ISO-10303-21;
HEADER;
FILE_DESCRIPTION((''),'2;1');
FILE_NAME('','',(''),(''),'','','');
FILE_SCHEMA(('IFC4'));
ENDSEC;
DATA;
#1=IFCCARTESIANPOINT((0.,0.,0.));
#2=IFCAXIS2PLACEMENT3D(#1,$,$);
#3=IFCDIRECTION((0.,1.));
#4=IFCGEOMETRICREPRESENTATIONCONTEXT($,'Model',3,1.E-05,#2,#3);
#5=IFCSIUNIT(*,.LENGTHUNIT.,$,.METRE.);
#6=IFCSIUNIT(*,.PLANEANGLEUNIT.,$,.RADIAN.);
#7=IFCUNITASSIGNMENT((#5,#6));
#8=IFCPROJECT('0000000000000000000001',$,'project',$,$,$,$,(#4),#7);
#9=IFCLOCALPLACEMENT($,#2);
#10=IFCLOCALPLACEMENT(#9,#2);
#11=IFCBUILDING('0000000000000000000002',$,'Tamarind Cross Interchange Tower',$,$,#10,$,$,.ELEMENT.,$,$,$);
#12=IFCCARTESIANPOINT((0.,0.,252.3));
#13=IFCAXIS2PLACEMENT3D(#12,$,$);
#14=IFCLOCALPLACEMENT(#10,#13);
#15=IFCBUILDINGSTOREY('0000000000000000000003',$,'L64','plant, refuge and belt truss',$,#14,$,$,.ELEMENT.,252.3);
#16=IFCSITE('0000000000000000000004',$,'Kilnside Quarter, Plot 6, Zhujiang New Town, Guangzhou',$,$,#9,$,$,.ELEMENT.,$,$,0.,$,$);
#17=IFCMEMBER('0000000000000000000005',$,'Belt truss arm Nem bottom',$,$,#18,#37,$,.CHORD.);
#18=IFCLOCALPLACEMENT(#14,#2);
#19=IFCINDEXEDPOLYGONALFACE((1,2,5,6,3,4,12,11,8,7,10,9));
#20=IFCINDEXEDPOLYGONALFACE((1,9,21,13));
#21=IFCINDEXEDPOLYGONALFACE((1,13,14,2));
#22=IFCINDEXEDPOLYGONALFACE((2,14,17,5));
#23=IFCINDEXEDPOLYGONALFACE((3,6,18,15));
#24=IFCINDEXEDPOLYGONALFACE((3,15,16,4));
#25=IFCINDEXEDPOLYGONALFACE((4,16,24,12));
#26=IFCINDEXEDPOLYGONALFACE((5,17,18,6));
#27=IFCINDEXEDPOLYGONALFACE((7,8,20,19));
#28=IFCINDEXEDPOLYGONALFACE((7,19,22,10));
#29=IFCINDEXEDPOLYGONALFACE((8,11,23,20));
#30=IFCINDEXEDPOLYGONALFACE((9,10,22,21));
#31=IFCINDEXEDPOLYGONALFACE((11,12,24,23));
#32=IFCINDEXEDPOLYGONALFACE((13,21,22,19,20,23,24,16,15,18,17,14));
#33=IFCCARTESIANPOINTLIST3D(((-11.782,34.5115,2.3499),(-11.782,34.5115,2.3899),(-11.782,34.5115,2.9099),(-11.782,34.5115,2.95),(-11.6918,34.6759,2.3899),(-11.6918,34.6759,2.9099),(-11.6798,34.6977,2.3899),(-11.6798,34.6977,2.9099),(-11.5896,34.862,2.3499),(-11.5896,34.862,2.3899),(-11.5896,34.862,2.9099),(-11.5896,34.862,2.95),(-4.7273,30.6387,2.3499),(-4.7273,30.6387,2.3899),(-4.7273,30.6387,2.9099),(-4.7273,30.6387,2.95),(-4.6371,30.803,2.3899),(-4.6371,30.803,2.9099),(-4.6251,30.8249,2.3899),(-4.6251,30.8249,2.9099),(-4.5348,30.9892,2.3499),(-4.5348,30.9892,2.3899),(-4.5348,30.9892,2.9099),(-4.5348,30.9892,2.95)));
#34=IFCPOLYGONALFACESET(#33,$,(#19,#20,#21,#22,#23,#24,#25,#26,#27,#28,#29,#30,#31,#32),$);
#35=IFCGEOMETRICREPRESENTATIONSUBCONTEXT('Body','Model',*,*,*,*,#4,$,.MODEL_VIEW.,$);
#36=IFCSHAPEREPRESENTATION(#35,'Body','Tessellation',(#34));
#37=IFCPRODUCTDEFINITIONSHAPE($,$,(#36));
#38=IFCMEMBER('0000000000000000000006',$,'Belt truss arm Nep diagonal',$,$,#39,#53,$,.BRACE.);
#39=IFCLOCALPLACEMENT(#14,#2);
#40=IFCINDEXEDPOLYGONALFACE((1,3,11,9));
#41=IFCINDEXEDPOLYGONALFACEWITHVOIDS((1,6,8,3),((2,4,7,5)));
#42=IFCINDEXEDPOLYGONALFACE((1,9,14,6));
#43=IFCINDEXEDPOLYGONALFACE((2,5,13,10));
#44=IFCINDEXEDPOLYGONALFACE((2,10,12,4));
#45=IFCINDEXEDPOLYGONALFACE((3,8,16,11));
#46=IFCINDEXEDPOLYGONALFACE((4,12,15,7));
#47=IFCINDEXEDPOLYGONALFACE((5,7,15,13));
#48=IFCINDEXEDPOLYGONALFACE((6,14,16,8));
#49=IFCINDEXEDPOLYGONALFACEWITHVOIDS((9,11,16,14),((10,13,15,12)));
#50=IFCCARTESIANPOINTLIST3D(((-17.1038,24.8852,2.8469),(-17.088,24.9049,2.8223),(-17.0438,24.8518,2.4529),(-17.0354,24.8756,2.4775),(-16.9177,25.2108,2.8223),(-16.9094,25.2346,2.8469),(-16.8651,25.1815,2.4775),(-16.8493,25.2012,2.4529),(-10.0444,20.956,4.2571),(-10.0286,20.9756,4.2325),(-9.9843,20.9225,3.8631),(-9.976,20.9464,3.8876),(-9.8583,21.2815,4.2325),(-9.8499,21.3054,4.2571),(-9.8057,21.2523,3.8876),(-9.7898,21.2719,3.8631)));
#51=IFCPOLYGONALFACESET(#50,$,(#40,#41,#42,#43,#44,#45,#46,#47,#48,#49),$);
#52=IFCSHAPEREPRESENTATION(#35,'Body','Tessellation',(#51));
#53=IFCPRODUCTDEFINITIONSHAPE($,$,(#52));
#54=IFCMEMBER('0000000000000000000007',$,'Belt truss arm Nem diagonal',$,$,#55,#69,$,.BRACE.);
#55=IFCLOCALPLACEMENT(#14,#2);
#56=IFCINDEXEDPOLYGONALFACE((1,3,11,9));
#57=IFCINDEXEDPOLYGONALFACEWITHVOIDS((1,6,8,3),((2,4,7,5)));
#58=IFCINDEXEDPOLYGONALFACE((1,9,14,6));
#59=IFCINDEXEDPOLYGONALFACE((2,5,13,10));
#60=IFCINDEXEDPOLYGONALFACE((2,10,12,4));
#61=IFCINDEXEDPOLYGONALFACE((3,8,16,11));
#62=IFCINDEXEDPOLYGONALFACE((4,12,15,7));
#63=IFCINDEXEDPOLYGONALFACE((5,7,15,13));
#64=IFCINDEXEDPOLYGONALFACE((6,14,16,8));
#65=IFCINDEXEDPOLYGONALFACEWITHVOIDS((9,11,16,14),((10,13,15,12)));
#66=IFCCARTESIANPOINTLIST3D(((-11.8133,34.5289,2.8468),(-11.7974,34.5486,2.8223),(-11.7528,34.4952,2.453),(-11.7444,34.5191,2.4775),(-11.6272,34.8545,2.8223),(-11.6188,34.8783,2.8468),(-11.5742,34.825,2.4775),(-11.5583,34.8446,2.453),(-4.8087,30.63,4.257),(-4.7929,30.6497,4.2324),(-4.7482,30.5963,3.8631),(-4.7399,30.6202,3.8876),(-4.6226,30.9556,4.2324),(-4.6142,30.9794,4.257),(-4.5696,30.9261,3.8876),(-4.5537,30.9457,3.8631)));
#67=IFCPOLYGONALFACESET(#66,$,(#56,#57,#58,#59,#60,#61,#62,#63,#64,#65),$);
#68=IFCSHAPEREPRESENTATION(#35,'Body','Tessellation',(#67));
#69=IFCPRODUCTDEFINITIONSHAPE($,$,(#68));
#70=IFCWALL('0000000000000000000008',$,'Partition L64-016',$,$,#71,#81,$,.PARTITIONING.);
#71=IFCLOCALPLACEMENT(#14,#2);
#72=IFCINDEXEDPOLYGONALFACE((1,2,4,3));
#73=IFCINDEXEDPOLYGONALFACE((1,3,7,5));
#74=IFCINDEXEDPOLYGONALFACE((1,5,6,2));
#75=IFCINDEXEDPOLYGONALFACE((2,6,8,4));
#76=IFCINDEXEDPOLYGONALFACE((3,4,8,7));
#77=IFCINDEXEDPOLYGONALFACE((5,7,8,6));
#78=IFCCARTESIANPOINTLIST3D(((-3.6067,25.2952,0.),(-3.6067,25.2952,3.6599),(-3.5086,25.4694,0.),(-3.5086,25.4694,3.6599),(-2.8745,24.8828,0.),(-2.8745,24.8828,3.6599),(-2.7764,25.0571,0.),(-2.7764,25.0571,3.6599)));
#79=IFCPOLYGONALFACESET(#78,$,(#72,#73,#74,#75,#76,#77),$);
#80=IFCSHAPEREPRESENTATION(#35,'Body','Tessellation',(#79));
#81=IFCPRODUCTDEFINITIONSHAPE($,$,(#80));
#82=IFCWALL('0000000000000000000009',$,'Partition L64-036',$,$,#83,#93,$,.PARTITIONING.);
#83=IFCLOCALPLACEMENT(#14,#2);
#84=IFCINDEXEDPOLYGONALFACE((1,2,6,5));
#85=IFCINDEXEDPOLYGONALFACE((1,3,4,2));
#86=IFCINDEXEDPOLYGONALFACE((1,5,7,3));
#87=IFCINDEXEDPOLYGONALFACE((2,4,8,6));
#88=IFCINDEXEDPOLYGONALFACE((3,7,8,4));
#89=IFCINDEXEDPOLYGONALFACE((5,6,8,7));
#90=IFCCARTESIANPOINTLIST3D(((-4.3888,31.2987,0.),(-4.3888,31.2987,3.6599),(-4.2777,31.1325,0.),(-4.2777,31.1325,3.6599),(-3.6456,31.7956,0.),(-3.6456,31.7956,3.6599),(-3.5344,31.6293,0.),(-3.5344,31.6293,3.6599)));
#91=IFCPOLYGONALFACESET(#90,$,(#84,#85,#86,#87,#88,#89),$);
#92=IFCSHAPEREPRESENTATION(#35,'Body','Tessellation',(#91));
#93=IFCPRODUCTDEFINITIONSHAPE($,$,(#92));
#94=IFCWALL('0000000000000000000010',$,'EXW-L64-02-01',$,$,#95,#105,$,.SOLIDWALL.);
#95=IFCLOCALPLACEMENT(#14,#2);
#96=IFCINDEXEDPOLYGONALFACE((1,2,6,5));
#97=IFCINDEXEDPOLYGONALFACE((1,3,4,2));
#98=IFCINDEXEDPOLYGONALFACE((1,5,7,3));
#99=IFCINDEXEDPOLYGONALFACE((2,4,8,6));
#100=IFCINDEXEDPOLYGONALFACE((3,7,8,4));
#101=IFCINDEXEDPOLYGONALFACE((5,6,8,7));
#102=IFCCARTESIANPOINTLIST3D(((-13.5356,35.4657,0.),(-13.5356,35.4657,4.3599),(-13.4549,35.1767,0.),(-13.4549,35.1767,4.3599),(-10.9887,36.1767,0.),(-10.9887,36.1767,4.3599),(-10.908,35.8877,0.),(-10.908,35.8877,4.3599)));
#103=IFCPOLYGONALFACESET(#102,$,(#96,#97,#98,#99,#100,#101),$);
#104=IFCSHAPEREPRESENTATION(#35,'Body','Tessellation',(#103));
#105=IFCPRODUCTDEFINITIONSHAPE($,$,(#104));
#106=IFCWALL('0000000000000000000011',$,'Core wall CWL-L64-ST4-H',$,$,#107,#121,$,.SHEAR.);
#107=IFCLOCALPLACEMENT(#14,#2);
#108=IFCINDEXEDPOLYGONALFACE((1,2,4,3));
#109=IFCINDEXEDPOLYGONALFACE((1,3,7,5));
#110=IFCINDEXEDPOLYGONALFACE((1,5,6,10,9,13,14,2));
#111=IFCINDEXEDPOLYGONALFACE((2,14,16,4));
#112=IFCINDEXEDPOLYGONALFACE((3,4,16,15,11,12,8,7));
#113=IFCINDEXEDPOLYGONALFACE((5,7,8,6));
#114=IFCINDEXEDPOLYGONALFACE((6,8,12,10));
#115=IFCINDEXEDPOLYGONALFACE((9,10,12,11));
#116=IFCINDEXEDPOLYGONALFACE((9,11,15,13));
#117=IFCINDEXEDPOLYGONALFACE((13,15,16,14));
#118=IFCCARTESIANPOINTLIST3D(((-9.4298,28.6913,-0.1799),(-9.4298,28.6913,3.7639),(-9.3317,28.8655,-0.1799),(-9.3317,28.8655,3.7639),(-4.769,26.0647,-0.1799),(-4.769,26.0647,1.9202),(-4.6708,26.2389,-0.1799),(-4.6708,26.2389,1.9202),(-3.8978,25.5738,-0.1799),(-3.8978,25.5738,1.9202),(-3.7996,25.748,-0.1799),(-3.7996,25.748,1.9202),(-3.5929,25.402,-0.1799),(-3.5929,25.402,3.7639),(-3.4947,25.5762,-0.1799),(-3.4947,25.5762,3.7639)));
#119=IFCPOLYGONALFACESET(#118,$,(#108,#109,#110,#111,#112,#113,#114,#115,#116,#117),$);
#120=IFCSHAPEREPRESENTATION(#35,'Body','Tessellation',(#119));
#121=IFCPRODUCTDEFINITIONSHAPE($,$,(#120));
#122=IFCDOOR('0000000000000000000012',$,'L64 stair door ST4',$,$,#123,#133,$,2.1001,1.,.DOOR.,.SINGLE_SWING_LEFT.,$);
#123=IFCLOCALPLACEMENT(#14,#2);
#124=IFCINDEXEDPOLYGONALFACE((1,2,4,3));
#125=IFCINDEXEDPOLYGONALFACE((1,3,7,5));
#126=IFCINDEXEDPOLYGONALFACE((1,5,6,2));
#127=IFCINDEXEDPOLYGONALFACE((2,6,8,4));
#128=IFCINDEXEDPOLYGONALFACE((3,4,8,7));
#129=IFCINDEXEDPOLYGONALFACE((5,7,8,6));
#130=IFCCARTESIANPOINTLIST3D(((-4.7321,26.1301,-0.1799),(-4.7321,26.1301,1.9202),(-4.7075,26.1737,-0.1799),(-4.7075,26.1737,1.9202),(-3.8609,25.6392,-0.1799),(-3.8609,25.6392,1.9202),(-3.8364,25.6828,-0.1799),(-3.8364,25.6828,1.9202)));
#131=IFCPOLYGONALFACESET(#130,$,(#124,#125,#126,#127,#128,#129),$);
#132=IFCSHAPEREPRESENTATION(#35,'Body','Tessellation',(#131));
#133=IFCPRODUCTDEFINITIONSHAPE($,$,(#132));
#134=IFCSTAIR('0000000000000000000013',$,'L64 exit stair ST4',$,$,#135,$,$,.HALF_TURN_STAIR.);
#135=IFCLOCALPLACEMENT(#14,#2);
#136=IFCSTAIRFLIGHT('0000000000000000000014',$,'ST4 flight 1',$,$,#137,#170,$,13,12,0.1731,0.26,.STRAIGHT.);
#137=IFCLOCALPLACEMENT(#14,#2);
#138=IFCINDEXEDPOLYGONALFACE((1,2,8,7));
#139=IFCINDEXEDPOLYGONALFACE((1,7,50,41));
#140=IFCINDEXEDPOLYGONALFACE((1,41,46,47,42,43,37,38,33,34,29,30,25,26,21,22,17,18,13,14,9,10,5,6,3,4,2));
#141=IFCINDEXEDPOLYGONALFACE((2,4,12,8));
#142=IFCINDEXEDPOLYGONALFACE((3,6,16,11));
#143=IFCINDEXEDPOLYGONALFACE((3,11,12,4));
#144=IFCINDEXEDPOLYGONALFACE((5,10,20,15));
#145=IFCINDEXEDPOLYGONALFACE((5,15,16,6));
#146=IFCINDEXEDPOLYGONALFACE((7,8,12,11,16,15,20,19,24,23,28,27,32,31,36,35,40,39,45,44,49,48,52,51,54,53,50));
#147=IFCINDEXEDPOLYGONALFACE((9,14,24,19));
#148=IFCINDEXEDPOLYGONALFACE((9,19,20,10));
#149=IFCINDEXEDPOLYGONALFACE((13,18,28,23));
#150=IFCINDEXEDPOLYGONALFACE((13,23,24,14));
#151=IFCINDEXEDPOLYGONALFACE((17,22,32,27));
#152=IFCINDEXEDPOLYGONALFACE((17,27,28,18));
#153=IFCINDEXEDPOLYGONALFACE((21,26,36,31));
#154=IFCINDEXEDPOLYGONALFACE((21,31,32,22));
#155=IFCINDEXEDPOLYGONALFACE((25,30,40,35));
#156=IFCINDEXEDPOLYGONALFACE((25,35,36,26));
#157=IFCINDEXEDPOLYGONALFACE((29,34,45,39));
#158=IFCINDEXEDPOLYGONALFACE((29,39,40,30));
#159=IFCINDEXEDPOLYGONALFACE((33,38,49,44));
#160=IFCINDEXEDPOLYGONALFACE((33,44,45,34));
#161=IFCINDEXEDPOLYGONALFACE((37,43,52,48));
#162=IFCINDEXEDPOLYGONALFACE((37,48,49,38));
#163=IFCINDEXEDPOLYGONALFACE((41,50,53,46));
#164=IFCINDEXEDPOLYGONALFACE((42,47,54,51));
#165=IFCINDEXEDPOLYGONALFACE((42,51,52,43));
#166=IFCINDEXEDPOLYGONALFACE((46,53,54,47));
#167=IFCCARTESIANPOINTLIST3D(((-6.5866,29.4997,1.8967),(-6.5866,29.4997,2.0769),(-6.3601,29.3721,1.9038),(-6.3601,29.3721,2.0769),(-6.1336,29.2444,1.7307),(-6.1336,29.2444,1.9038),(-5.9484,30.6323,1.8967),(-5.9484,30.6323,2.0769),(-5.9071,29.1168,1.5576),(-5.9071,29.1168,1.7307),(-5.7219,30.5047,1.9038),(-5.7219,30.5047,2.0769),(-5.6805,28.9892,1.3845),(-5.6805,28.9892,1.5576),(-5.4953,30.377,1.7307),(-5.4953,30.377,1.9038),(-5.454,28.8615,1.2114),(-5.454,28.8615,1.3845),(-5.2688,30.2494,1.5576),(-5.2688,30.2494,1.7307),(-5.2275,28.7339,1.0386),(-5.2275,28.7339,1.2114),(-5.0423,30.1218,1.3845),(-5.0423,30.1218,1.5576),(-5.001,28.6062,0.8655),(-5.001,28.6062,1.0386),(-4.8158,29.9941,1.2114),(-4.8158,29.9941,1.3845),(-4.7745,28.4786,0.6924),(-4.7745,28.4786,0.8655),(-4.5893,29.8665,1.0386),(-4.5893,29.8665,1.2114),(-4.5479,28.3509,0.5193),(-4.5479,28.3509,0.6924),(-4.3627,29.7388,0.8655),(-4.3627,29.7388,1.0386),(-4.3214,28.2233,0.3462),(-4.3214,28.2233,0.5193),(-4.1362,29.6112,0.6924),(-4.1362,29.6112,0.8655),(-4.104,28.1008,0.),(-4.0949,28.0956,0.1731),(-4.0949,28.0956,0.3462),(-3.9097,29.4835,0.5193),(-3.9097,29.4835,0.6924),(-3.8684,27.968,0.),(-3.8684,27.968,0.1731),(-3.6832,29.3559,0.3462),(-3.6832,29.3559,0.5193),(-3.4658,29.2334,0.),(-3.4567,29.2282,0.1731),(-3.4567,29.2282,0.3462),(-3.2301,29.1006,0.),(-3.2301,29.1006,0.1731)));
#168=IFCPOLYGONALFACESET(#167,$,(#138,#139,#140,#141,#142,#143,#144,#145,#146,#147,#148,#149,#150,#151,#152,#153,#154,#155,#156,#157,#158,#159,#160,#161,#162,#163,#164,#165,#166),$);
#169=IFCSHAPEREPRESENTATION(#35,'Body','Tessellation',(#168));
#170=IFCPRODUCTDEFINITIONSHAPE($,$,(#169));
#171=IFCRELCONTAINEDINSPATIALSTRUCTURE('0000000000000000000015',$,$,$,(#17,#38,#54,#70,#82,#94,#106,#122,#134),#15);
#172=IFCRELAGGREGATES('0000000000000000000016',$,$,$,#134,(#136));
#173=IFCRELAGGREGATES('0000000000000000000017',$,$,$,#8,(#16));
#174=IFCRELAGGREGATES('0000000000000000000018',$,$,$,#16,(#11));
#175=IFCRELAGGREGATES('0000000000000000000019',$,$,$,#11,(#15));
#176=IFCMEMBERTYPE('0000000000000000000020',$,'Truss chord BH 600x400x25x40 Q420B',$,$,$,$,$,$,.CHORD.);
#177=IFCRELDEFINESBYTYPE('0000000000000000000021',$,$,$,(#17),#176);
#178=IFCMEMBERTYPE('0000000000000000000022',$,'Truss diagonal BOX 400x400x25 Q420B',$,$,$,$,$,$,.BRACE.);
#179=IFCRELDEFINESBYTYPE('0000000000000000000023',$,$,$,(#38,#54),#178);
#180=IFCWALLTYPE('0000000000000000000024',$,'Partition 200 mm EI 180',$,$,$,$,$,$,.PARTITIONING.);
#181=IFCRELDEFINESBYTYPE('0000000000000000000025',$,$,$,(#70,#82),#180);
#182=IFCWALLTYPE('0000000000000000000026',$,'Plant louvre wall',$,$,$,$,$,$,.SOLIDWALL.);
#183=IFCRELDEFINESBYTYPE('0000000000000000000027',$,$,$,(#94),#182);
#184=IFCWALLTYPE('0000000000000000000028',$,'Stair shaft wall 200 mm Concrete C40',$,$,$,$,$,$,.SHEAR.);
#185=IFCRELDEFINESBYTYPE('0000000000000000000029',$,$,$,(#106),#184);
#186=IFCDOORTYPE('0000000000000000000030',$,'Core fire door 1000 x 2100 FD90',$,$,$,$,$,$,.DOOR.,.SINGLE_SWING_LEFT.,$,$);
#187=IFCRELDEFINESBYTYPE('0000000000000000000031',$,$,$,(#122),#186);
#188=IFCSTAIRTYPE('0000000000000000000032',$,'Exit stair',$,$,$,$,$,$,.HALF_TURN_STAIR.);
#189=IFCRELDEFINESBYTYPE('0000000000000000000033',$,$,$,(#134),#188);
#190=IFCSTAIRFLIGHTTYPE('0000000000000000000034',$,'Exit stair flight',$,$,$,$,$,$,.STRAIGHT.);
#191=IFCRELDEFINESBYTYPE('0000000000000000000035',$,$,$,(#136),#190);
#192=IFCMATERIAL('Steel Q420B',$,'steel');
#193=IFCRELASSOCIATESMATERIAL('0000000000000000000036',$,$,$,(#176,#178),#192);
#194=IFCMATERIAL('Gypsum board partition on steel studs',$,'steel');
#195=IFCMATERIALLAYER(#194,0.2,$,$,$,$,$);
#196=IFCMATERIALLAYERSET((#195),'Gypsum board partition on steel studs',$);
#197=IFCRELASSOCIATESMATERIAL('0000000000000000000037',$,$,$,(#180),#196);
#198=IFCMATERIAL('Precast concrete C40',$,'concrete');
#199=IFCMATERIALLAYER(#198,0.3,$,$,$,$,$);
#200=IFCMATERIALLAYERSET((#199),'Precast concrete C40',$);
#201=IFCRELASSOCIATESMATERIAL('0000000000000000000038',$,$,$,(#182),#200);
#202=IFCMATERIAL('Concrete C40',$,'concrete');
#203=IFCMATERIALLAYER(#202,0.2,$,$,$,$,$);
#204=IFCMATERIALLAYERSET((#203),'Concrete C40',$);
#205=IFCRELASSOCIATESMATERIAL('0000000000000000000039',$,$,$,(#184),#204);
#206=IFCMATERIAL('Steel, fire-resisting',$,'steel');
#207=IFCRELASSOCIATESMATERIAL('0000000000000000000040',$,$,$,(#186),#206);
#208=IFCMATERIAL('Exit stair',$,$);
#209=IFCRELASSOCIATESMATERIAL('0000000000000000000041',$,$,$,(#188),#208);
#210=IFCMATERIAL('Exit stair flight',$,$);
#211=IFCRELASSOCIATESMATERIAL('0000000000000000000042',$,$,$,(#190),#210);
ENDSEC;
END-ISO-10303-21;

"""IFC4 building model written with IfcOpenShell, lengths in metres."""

from ifc_helpers import new_model, si_unit, direction, frame, frame_2d, origin, origin_2d, place, context, subcontext, project, spatial, polyline, rectangle, hollow_rectangle, i_section, outline, extrude, material, layer, layer_set, material_profile, profile_set, type_object, element, fill, aggregate, save


model = new_model("IFC4")

# Units and contexts
model_context = context("Model", 3, precision=1e-05, world=origin(), true_north=direction((0.0, 1.0)))
body_context = subcontext(model_context, "Body", "Model", "MODEL_VIEW")
ifc_project = project(units=[si_unit("LENGTHUNIT", "METRE"), si_unit("PLANEANGLEUNIT", "RADIAN")], contexts=[model_context])

# Site, building, storey
site_placement = place(None, origin())
site = spatial("IfcSite", under=ifc_project, at=site_placement, Name="Kilnside Quarter, Plot 6, Zhujiang New Town, Guangzhou", CompositionType="ELEMENT", RefElevation=0.0)
building_placement = place(site_placement, origin())
building = spatial("IfcBuilding", under=site, at=building_placement, Name="Tamarind Cross Interchange Tower", CompositionType="ELEMENT")
storey_placement = place(building_placement, frame((0.0, 0.0, 252.3)))
storey = spatial("IfcBuildingStorey", under=building, at=storey_placement, Name="L64", Description="plant, refuge and belt truss", CompositionType="ELEMENT", Elevation=252.3)

# Members
ifc_material_1 = material(Name="Steel Q420B", Category="steel")
ifc_material_profile_1 = material_profile(ifc_material_1, i_section(OverallWidth=0.3999, OverallDepth=0.6001, WebThickness=0.0249, FlangeThickness=0.04, at=origin_2d()), Name="BH 600x400x25x40")
ifc_profile_set_1 = profile_set([ifc_material_profile_1], Name="Steel Q420B")
member_type_1 = type_object("IfcMemberType", Name="Truss chord BH 600x400x25x40 Q420B", PredefinedType="CHORD", material=ifc_profile_set_1)
member_1_placement = place(storey_placement, frame((-11.6858, 34.6868, 2.6499), z_axis=(0.876597, -0.481225, 0.0), x_axis=(0.481225, 0.876597, 0.0)))
element("IfcMember", 1, at=member_1_placement, inside=storey, type_object=member_type_1, Name="Belt truss arm Nem bottom", PredefinedType="CHORD", context=body_context, shape_type="SweptSolid", body=[
    extrude(i_section(OverallWidth=0.3999, OverallDepth=0.6001, WebThickness=0.0249, FlangeThickness=0.04, at=origin_2d()), origin(), (0.0, 0.0, 1.0), 8.0479),
])
ifc_material_profile_2 = material_profile(ifc_material_1, hollow_rectangle(XDim=0.3999, YDim=0.3999, WallThickness=0.0249, at=origin_2d()), Name="BOX 400x400x25")
ifc_profile_set_2 = profile_set([ifc_material_profile_2], Name="Steel Q420B")
member_type_2 = type_object("IfcMemberType", Name="Truss diagonal BOX 400x400x25 Q420B", PredefinedType="BRACE", material=ifc_profile_set_2)
member_2_placement = place(storey_placement, frame((-16.9766, 25.0432, 2.6499), z_axis=(0.860758, -0.479095, 0.171943), x_axis=(0.486338, 0.873771, 0.0)))
element("IfcMember", 2, at=member_2_placement, inside=storey, type_object=member_type_2, Name="Belt truss arm Nep diagonal", PredefinedType="BRACE", context=body_context, shape_type="SweptSolid", body=[
    extrude(hollow_rectangle(XDim=0.3999, YDim=0.3999, WallThickness=0.0249, at=origin_2d()), origin(), (0.0, 0.0, 1.0), 8.2014),
])
member_3_placement = place(storey_placement, frame((-11.6858, 34.6868, 2.6499), z_axis=(0.86055, -0.479, 0.173244), x_axis=(0.486354, 0.873762, 0.0)))
element("IfcMember", 3, at=member_3_placement, inside=storey, type_object=member_type_2, Name="Belt truss arm Nem diagonal", PredefinedType="BRACE", context=body_context, shape_type="SweptSolid", body=[
    extrude(hollow_rectangle(XDim=0.3999, YDim=0.3999, WallThickness=0.0249, at=origin_2d()), origin(), (0.0, 0.0, 1.0), 8.1396),
])

# Walls
ifc_material_2 = material(Name="Gypsum board partition on steel studs", Category="steel")
ifc_layer_1 = layer(ifc_material_2, 0.2)
ifc_layer_set_1 = layer_set([ifc_layer_1], Name="Gypsum board partition on steel studs")
wall_type_1 = type_object("IfcWallType", Name="Partition 200 mm EI 180", PredefinedType="PARTITIONING", material=ifc_layer_set_1)
wall_1_placement = place(storey_placement, frame((-3.5576, 25.3823, 0.0), z_axis=(0.0, 0.0, 1.0), x_axis=(0.871319, -0.490716, 0.0)))
element("IfcWall", 4, at=wall_1_placement, inside=storey, type_object=wall_type_1, Name="Partition L64-016", PredefinedType="PARTITIONING", context=body_context, shape_type="SweptSolid", body=[
    extrude(rectangle(XDim=0.8403, YDim=0.2, at=frame_2d((0.4202, 0.0))), origin(), (0.0, 0.0, 1.0), 3.6599),
])
wall_2_placement = place(storey_placement, frame((-4.3333, 31.2156, 0.0), z_axis=(0.0, 0.0, 1.0), x_axis=(0.831335, 0.555771, 0.0)))
element("IfcWall", 5, at=wall_2_placement, inside=storey, type_object=wall_type_1, Name="Partition L64-036", PredefinedType="PARTITIONING", context=body_context, shape_type="SweptSolid", body=[
    extrude(rectangle(XDim=0.894, YDim=0.2, at=frame_2d((0.447, 0.0))), origin(), (0.0, 0.0, 1.0), 3.6599),
])
ifc_material_3 = material(Name="Precast concrete C40", Category="concrete")
ifc_layer_2 = layer(ifc_material_3, 0.3)
ifc_layer_set_2 = layer_set([ifc_layer_2], Name="Precast concrete C40")
wall_type_2 = type_object("IfcWallType", Name="Plant louvre wall", PredefinedType="SOLIDWALL", material=ifc_layer_set_2)
wall_3_placement = place(storey_placement, frame((-10.9482, 36.0322, 0.0), z_axis=(0.0, 0.0, 1.0), x_axis=(-0.963179, -0.268863, 0.0)))
element("IfcWall", 6, at=wall_3_placement, inside=storey, type_object=wall_type_2, Name="EXW-L64-02-01", PredefinedType="SOLIDWALL", context=body_context, shape_type="SweptSolid", body=[
    extrude(rectangle(XDim=2.6443, YDim=0.3, at=frame_2d((1.3223, 0.0))), origin(), (0.0, 0.0, 1.0), 4.3599),
])

# Wall, opening, door
ifc_material_4 = material(Name="Concrete C40", Category="concrete")
ifc_layer_3 = layer(ifc_material_4, 0.2)
ifc_layer_set_3 = layer_set([ifc_layer_3], Name="Concrete C40")
wall_type_3 = type_object("IfcWallType", Name="Stair shaft wall 200 mm Concrete C40", PredefinedType="SHEAR", material=ifc_layer_set_3)
wall_4_placement = place(storey_placement, frame((-3.5437, 25.489, -0.1799), z_axis=(0.0, 0.0, 1.0), x_axis=(-0.87119, 0.490946, 0.0)))
wall_4 = element("IfcWall", 7, at=wall_4_placement, inside=storey, type_object=wall_type_3, Name="Core wall CWL-L64-ST4-H", PredefinedType="SHEAR", context=body_context, shape_type="SweptSolid", body=[
    extrude(rectangle(XDim=6.7, YDim=0.2, at=frame_2d((3.3501, 0.0))), origin(), (0.0, 0.0, 1.0), 3.9438),
])
opening_1_placement = place(wall_4_placement, frame((0.3501, 0.0, 0.0)))
opening_1 = element("IfcOpeningElement", 8, at=opening_1_placement, cuts=wall_4, PredefinedType="OPENING", context=body_context, shape_type="SweptSolid", body=[
    extrude(rectangle(XDim=1.0, YDim=2.1001, at=frame_2d((0.5, 1.05))), frame((0.0, 0.1099, 0.0), z_axis=(0.0, -1.0, 0.0), x_axis=(1.0, 0.0, 0.0)), (0.0, 0.0, 1.0), 0.22),
])
ifc_material_5 = material(Name="Steel, fire-resisting", Category="steel")
door_type = type_object("IfcDoorType", Name="Core fire door 1000 x 2100 FD90", OperationType="SINGLE_SWING_LEFT", PredefinedType="DOOR", material=ifc_material_5)
door_placement = place(opening_1_placement, origin())
door = element("IfcDoor", 9, at=door_placement, inside=storey, type_object=door_type, Name="L64 stair door ST4", OperationType="SINGLE_SWING_LEFT", OverallHeight=2.1001, OverallWidth=1.0, PredefinedType="DOOR", context=body_context, shape_type="SweptSolid", body=[
    extrude(rectangle(XDim=1.0, YDim=2.1001, at=frame_2d((0.5, 1.05))), frame((0.0, 0.0249, 0.0), z_axis=(0.0, -1.0, 0.0), x_axis=(1.0, 0.0, 0.0)), (0.0, 0.0, 1.0), 0.05),
])
fill(opening_1, door)

# Stair, stair flight
ifc_material_6 = material(Name="Exit stair")
stair_type = type_object("IfcStairType", Name="Exit stair", PredefinedType="HALF_TURN_STAIR", material=ifc_material_6)
stair_placement = place(storey_placement, origin())
stair = element("IfcStair", 10, at=stair_placement, inside=storey, type_object=stair_type, Name="L64 exit stair ST4", PredefinedType="HALF_TURN_STAIR")
ifc_material_7 = material(Name="Exit stair flight")
stair_flight_type = type_object("IfcStairFlightType", Name="Exit stair flight", PredefinedType="STRAIGHT", material=ifc_material_7)
stair_flight_1_placement = place(storey_placement, frame((-3.5493, 28.5342, 0.0), z_axis=(0.0, 0.0, 1.0), x_axis=(-0.8712, 0.490928, 0.0)))
stair_flight_1 = element("IfcStairFlight", 11, at=stair_flight_1_placement, type_object=stair_flight_type, Name="ST4 flight 1", NumberOfRisers=13, NumberOfTreads=12, PredefinedType="STRAIGHT", RiserHeight=0.1731, TreadLength=0.26, context=body_context, shape_type="SweptSolid", body=[
    extrude(outline(polyline([(0.0, 0.0), (0.0, 0.1731), (0.26, 0.1731), (0.26, 0.3462), (0.52, 0.3462), (0.52, 0.5193), (0.78, 0.5193), (0.78, 0.6924), (1.04, 0.6924), (1.04, 0.8655), (1.3, 0.8655), (1.3, 1.0386), (1.5601, 1.0386), (1.5601, 1.2114), (1.8201, 1.2114), (1.8201, 1.3845), (2.0801, 1.3845), (2.0801, 1.5576), (2.3401, 1.5576), (2.3401, 1.7307), (2.6001, 1.7307), (2.6001, 1.9038), (2.8601, 1.9038), (2.8601, 2.0769), (3.1201, 2.0769), (3.1201, 2.25), (3.1201, 1.8967), (0.2705, 0.0), (0.0, 0.0)])), frame((0.0, 0.6499, 0.0), z_axis=(0.0, -1.0, 0.0), x_axis=(1.0, 0.0, 0.0)), (0.0, 0.0, 1.0), 1.3),
])
aggregate(stair, [stair_flight_1])

save(model, "model.ifc")
